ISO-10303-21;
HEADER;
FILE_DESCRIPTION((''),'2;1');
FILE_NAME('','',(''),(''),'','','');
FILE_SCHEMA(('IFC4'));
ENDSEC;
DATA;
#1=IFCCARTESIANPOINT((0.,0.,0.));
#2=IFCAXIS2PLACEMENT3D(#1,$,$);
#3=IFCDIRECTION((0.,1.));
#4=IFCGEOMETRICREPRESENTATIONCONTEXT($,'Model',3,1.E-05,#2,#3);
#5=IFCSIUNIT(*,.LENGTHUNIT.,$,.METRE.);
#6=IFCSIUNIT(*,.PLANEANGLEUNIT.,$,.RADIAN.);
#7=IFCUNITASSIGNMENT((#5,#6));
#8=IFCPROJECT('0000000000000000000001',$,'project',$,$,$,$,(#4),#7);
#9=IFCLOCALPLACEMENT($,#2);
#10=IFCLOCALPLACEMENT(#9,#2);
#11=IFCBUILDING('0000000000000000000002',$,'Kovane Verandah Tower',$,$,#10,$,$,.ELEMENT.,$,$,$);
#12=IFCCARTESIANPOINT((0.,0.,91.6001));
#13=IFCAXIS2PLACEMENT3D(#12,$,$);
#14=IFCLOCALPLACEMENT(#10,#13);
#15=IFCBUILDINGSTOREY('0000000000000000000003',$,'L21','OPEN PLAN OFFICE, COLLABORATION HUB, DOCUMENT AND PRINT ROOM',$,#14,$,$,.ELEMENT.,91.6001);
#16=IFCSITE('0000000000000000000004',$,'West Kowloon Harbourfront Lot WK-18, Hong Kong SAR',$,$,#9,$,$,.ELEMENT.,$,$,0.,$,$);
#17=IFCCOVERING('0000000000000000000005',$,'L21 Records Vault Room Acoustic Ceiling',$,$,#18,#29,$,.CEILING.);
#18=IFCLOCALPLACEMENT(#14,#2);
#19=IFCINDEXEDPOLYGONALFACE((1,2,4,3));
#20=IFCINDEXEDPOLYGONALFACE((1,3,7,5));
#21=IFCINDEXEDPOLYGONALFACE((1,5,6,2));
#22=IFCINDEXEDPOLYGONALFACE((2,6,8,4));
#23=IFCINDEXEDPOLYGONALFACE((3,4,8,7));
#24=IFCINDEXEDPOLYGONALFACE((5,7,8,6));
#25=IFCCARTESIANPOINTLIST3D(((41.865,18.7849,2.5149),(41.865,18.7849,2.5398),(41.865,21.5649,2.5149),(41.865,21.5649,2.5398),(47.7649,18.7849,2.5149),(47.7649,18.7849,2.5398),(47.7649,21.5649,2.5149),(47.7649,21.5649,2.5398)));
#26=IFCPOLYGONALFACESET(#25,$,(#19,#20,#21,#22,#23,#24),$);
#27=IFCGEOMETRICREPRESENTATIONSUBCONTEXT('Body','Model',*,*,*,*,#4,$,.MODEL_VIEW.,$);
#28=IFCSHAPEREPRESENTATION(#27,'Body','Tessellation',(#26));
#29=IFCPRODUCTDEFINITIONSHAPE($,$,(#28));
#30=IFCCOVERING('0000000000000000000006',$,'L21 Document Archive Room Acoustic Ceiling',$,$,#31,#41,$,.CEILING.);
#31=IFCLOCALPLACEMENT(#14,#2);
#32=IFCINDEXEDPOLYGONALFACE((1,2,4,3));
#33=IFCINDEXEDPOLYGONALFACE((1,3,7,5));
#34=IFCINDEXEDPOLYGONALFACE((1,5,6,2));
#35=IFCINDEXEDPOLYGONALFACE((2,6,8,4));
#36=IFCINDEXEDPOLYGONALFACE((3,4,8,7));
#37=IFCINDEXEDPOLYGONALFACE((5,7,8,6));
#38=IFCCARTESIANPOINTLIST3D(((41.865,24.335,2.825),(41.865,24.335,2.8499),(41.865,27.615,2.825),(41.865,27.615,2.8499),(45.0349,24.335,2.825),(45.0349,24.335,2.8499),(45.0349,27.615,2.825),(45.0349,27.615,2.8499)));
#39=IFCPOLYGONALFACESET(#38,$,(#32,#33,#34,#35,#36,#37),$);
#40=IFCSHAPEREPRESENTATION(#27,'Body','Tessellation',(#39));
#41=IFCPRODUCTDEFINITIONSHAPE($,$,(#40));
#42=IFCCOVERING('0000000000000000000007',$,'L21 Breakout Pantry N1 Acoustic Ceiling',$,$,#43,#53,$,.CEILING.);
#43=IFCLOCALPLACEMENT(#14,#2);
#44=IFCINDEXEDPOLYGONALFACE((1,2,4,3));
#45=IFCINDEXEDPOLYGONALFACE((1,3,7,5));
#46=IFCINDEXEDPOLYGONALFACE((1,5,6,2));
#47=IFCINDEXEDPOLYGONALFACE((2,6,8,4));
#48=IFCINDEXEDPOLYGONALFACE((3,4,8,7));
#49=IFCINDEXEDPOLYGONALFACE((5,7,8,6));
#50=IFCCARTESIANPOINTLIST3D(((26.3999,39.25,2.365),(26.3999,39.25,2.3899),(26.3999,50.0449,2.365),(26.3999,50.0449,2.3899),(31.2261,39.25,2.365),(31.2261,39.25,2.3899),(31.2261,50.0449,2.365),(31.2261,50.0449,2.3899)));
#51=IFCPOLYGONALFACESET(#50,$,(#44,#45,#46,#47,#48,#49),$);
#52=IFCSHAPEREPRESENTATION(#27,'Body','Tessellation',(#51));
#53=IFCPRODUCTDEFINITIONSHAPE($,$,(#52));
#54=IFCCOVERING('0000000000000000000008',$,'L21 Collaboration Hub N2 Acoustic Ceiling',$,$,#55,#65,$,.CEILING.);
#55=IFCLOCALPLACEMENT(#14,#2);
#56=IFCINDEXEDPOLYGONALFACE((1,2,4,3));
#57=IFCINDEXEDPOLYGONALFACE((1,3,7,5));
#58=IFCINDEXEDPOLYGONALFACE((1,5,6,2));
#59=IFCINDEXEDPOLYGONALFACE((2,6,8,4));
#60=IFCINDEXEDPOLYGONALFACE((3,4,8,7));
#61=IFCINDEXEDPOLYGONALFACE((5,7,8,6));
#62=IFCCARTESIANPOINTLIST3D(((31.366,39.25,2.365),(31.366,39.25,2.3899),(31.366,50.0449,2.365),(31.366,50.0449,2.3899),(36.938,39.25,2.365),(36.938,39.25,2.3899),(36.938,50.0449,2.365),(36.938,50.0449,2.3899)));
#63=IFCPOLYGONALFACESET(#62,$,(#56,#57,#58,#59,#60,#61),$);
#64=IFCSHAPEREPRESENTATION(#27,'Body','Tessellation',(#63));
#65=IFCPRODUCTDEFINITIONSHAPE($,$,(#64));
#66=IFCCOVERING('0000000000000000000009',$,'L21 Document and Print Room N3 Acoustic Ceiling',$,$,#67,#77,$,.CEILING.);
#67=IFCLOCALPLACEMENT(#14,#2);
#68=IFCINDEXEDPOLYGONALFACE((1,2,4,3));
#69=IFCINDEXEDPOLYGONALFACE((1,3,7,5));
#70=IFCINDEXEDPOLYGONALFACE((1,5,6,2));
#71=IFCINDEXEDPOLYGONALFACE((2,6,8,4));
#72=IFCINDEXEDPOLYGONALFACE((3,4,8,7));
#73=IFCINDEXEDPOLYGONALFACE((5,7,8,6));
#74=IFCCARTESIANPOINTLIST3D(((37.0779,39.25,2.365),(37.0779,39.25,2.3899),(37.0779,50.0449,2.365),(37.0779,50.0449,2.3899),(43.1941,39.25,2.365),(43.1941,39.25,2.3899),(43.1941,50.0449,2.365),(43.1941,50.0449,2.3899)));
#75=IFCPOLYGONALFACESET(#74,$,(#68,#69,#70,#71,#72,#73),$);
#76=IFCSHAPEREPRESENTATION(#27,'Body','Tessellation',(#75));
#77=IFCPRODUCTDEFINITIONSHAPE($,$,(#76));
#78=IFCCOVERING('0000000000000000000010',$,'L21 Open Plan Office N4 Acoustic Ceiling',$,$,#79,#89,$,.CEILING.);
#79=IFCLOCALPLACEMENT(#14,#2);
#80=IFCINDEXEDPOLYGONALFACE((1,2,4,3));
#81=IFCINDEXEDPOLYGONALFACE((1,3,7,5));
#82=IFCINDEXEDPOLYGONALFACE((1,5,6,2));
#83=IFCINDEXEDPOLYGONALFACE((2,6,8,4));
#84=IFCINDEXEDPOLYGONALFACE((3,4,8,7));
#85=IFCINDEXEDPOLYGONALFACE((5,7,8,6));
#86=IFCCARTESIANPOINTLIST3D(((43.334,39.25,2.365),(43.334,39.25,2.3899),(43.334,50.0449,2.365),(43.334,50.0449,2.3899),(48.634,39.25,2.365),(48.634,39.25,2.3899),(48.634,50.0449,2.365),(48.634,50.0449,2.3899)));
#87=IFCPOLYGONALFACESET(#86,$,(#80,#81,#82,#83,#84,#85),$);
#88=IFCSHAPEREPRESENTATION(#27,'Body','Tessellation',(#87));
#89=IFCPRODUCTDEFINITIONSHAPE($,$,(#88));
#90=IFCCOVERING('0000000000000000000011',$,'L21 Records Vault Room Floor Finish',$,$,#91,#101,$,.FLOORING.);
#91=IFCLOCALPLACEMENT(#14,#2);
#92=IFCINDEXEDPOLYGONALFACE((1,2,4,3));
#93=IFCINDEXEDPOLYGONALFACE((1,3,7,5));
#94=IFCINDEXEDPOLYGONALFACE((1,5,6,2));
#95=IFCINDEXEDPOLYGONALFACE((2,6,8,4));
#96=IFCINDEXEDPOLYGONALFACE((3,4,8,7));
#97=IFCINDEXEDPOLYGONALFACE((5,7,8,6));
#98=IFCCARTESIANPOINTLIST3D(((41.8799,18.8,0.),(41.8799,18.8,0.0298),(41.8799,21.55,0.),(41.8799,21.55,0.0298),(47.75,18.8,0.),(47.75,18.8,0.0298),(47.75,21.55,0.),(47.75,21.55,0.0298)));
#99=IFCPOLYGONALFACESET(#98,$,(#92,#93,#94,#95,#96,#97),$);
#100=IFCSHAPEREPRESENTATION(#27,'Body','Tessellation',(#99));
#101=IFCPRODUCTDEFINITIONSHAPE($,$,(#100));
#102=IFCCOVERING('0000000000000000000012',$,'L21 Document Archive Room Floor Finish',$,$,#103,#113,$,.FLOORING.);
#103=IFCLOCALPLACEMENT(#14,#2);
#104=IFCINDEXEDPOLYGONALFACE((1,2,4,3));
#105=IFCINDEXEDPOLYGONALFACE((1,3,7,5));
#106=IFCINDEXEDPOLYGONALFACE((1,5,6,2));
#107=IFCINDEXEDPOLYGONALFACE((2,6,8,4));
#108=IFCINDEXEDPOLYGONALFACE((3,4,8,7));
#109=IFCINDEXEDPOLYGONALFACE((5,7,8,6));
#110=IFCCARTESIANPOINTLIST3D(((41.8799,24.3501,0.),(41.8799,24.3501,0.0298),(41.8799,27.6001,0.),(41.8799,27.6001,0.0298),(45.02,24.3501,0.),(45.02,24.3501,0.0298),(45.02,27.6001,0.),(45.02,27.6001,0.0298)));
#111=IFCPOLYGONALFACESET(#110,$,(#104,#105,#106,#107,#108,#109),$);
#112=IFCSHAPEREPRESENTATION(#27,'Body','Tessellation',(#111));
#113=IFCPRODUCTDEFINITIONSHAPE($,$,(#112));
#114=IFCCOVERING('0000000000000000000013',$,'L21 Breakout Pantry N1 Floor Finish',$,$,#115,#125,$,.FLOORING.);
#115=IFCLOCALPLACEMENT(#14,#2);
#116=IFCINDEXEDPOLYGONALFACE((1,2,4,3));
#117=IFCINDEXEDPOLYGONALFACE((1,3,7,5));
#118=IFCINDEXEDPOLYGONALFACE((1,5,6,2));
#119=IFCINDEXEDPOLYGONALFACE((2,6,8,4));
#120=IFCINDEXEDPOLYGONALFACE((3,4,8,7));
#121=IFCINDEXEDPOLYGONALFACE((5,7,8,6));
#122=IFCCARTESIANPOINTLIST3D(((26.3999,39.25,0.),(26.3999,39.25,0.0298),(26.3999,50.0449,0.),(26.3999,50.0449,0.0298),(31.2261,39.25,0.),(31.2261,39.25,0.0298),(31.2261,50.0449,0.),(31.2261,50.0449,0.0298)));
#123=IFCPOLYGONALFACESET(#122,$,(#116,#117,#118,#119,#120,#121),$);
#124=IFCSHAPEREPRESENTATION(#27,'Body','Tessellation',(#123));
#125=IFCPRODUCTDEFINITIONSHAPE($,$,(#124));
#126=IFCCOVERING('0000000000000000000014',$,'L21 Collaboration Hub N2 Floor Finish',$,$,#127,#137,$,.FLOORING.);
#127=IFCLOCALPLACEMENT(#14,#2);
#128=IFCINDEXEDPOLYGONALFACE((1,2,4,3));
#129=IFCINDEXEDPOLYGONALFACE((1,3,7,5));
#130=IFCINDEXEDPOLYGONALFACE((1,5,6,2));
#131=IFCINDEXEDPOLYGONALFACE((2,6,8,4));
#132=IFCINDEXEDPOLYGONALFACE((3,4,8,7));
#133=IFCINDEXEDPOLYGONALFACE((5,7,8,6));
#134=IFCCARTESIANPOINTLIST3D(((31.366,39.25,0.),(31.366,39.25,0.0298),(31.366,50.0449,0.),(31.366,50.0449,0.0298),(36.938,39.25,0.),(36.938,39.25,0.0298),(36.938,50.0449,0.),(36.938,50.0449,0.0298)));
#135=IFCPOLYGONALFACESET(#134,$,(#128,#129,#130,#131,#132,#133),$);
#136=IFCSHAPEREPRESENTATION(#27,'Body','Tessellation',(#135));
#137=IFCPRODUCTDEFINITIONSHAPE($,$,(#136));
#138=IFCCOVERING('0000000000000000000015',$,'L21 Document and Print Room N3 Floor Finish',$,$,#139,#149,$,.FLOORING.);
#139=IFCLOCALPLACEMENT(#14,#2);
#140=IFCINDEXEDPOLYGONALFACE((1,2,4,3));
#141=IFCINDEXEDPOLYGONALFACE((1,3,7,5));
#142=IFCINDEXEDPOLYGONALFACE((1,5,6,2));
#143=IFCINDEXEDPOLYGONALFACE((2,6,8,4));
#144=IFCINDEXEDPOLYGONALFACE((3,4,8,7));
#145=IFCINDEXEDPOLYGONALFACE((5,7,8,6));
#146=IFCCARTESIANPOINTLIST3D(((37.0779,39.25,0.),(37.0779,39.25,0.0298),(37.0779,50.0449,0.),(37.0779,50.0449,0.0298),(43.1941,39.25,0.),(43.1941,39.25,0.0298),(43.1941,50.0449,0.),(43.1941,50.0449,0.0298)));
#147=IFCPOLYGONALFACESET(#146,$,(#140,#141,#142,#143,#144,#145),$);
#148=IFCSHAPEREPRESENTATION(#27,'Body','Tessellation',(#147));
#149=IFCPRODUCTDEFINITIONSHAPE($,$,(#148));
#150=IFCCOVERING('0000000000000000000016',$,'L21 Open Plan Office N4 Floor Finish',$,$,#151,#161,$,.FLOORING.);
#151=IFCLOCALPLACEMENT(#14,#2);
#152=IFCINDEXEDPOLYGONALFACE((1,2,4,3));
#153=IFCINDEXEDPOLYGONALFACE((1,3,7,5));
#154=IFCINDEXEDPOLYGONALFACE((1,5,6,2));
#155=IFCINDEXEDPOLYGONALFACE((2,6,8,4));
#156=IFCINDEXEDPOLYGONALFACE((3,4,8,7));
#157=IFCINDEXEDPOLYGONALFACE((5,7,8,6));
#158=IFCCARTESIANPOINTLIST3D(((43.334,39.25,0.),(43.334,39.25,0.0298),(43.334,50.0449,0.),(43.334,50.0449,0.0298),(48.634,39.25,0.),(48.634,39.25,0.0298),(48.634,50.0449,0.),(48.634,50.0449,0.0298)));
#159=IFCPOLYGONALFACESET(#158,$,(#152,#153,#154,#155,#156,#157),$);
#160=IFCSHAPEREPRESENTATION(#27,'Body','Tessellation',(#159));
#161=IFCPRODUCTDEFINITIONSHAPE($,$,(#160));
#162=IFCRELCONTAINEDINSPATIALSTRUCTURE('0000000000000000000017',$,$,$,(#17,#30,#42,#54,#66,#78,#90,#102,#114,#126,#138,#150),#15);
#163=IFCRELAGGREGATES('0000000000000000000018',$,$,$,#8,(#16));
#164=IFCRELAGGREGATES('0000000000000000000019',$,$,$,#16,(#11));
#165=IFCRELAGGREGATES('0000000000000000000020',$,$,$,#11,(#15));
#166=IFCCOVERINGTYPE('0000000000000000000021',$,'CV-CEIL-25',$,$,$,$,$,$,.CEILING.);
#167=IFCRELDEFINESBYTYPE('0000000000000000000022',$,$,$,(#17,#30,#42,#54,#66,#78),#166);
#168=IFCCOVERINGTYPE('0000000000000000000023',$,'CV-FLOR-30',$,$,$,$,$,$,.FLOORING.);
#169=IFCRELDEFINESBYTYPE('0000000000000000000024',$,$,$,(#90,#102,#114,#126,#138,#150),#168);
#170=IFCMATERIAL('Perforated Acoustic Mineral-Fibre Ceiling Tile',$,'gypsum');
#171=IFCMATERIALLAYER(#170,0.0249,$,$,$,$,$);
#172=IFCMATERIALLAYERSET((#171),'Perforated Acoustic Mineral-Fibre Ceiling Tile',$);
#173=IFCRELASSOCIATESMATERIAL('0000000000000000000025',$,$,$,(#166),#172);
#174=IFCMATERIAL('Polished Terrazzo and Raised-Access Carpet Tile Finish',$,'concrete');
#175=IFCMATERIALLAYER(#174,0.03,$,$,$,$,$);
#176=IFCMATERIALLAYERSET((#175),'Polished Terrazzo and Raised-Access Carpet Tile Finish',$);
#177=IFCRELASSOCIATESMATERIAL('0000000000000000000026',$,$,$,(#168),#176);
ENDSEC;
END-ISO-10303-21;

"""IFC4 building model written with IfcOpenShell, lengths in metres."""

from ifc_helpers import new_model, si_unit, direction, frame, origin, place, context, subcontext, project, spatial, polyline, outline, extrude, material, layer, layer_set, type_object, element, save


model = new_model("IFC4")

# Units and contexts
model_context = context("Model", 3, precision=1e-05, world=origin(), true_north=direction((0.0, 1.0)))
body_context = subcontext(model_context, "Body", "Model", "MODEL_VIEW")
ifc_project = project(units=[si_unit("LENGTHUNIT", "METRE"), si_unit("PLANEANGLEUNIT", "RADIAN")], contexts=[model_context])

# Site, building, storey
site_placement = place(None, origin())
site = spatial("IfcSite", under=ifc_project, at=site_placement, Name="West Kowloon Harbourfront Lot WK-18, Hong Kong SAR", CompositionType="ELEMENT", RefElevation=0.0)
building_placement = place(site_placement, origin())
building = spatial("IfcBuilding", under=site, at=building_placement, Name="Kovane Verandah Tower", CompositionType="ELEMENT")
storey_placement = place(building_placement, frame((0.0, 0.0, 91.6001)))
storey = spatial("IfcBuildingStorey", under=building, at=storey_placement, Name="L21", Description="OPEN PLAN OFFICE, COLLABORATION HUB, DOCUMENT AND PRINT ROOM", CompositionType="ELEMENT", Elevation=91.6001)

# Coverings
ifc_material_1 = material(Name="Perforated Acoustic Mineral-Fibre Ceiling Tile", Category="gypsum")
ifc_layer_1 = layer(ifc_material_1, 0.0249)
ifc_layer_set_1 = layer_set([ifc_layer_1], Name="Perforated Acoustic Mineral-Fibre Ceiling Tile")
covering_type_1 = type_object("IfcCoveringType", Name="CV-CEIL-25", PredefinedType="CEILING", material=ifc_layer_set_1)
covering_1_placement = place(storey_placement, frame((0.0, 0.0, 2.5149)))
element("IfcCovering", 1, at=covering_1_placement, inside=storey, type_object=covering_type_1, Name="L21 Records Vault Room Acoustic Ceiling", PredefinedType="CEILING", context=body_context, shape_type="SweptSolid", body=[
    extrude(outline(polyline([(41.865, 18.7849), (47.7649, 18.7849), (47.7649, 21.5649), (41.865, 21.5649), (41.865, 18.7849)])), origin(), (0.0, 0.0, 1.0), 0.0249),
])
covering_2_placement = place(storey_placement, frame((0.0, 0.0, 2.825)))
element("IfcCovering", 2, at=covering_2_placement, inside=storey, type_object=covering_type_1, Name="L21 Document Archive Room Acoustic Ceiling", PredefinedType="CEILING", context=body_context, shape_type="SweptSolid", body=[
    extrude(outline(polyline([(41.865, 24.335), (45.0349, 24.335), (45.0349, 27.615), (41.865, 27.615), (41.865, 24.335)])), origin(), (0.0, 0.0, 1.0), 0.0249),
])
covering_3_placement = place(storey_placement, frame((0.0, 0.0, 2.365)))
element("IfcCovering", 3, at=covering_3_placement, inside=storey, type_object=covering_type_1, Name="L21 Breakout Pantry N1 Acoustic Ceiling", PredefinedType="CEILING", context=body_context, shape_type="SweptSolid", body=[
    extrude(outline(polyline([(26.3999, 39.25), (31.2261, 39.25), (31.2261, 50.0449), (26.3999, 50.0449), (26.3999, 39.25)])), origin(), (0.0, 0.0, 1.0), 0.0249),
])
covering_4_placement = place(storey_placement, frame((0.0, 0.0, 2.365)))
element("IfcCovering", 4, at=covering_4_placement, inside=storey, type_object=covering_type_1, Name="L21 Collaboration Hub N2 Acoustic Ceiling", PredefinedType="CEILING", context=body_context, shape_type="SweptSolid", body=[
    extrude(outline(polyline([(31.366, 39.25), (36.938, 39.25), (36.938, 50.0449), (31.366, 50.0449), (31.366, 39.25)])), origin(), (0.0, 0.0, 1.0), 0.0249),
])
covering_5_placement = place(storey_placement, frame((0.0, 0.0, 2.365)))
element("IfcCovering", 5, at=covering_5_placement, inside=storey, type_object=covering_type_1, Name="L21 Document and Print Room N3 Acoustic Ceiling", PredefinedType="CEILING", context=body_context, shape_type="SweptSolid", body=[
    extrude(outline(polyline([(37.0779, 39.25), (43.1941, 39.25), (43.1941, 50.0449), (37.0779, 50.0449), (37.0779, 39.25)])), origin(), (0.0, 0.0, 1.0), 0.0249),
])
covering_6_placement = place(storey_placement, frame((0.0, 0.0, 2.365)))
element("IfcCovering", 6, at=covering_6_placement, inside=storey, type_object=covering_type_1, Name="L21 Open Plan Office N4 Acoustic Ceiling", PredefinedType="CEILING", context=body_context, shape_type="SweptSolid", body=[
    extrude(outline(polyline([(43.334, 39.25), (48.634, 39.25), (48.634, 50.0449), (43.334, 50.0449), (43.334, 39.25)])), origin(), (0.0, 0.0, 1.0), 0.0249),
])
ifc_material_2 = material(Name="Polished Terrazzo and Raised-Access Carpet Tile Finish", Category="concrete")
ifc_layer_2 = layer(ifc_material_2, 0.03)
ifc_layer_set_2 = layer_set([ifc_layer_2], Name="Polished Terrazzo and Raised-Access Carpet Tile Finish")
covering_type_2 = type_object("IfcCoveringType", Name="CV-FLOR-30", PredefinedType="FLOORING", material=ifc_layer_set_2)
covering_7_placement = place(storey_placement, origin())
element("IfcCovering", 7, at=covering_7_placement, inside=storey, type_object=covering_type_2, Name="L21 Records Vault Room Floor Finish", PredefinedType="FLOORING", context=body_context, shape_type="SweptSolid", body=[
    extrude(outline(polyline([(41.8799, 18.8), (47.75, 18.8), (47.75, 21.55), (41.8799, 21.55), (41.8799, 18.8)])), origin(), (0.0, 0.0, 1.0), 0.0298),
])
covering_8_placement = place(storey_placement, origin())
element("IfcCovering", 8, at=covering_8_placement, inside=storey, type_object=covering_type_2, Name="L21 Document Archive Room Floor Finish", PredefinedType="FLOORING", context=body_context, shape_type="SweptSolid", body=[
    extrude(outline(polyline([(41.8799, 24.3501), (45.02, 24.3501), (45.02, 27.6001), (41.8799, 27.6001), (41.8799, 24.3501)])), origin(), (0.0, 0.0, 1.0), 0.0298),
])
covering_9_placement = place(storey_placement, origin())
element("IfcCovering", 9, at=covering_9_placement, inside=storey, type_object=covering_type_2, Name="L21 Breakout Pantry N1 Floor Finish", PredefinedType="FLOORING", context=body_context, shape_type="SweptSolid", body=[
    extrude(outline(polyline([(26.3999, 39.25), (31.2261, 39.25), (31.2261, 50.0449), (26.3999, 50.0449), (26.3999, 39.25)])), origin(), (0.0, 0.0, 1.0), 0.0298),
])
covering_10_placement = place(storey_placement, origin())
element("IfcCovering", 10, at=covering_10_placement, inside=storey, type_object=covering_type_2, Name="L21 Collaboration Hub N2 Floor Finish", PredefinedType="FLOORING", context=body_context, shape_type="SweptSolid", body=[
    extrude(outline(polyline([(31.366, 39.25), (36.938, 39.25), (36.938, 50.0449), (31.366, 50.0449), (31.366, 39.25)])), origin(), (0.0, 0.0, 1.0), 0.0298),
])
covering_11_placement = place(storey_placement, origin())
element("IfcCovering", 11, at=covering_11_placement, inside=storey, type_object=covering_type_2, Name="L21 Document and Print Room N3 Floor Finish", PredefinedType="FLOORING", context=body_context, shape_type="SweptSolid", body=[
    extrude(outline(polyline([(37.0779, 39.25), (43.1941, 39.25), (43.1941, 50.0449), (37.0779, 50.0449), (37.0779, 39.25)])), origin(), (0.0, 0.0, 1.0), 0.0298),
])
covering_12_placement = place(storey_placement, origin())
element("IfcCovering", 12, at=covering_12_placement, inside=storey, type_object=covering_type_2, Name="L21 Open Plan Office N4 Floor Finish", PredefinedType="FLOORING", context=body_context, shape_type="SweptSolid", body=[
    extrude(outline(polyline([(43.334, 39.25), (48.634, 39.25), (48.634, 50.0449), (43.334, 50.0449), (43.334, 39.25)])), origin(), (0.0, 0.0, 1.0), 0.0298),
])

save(model, "model.ifc")
